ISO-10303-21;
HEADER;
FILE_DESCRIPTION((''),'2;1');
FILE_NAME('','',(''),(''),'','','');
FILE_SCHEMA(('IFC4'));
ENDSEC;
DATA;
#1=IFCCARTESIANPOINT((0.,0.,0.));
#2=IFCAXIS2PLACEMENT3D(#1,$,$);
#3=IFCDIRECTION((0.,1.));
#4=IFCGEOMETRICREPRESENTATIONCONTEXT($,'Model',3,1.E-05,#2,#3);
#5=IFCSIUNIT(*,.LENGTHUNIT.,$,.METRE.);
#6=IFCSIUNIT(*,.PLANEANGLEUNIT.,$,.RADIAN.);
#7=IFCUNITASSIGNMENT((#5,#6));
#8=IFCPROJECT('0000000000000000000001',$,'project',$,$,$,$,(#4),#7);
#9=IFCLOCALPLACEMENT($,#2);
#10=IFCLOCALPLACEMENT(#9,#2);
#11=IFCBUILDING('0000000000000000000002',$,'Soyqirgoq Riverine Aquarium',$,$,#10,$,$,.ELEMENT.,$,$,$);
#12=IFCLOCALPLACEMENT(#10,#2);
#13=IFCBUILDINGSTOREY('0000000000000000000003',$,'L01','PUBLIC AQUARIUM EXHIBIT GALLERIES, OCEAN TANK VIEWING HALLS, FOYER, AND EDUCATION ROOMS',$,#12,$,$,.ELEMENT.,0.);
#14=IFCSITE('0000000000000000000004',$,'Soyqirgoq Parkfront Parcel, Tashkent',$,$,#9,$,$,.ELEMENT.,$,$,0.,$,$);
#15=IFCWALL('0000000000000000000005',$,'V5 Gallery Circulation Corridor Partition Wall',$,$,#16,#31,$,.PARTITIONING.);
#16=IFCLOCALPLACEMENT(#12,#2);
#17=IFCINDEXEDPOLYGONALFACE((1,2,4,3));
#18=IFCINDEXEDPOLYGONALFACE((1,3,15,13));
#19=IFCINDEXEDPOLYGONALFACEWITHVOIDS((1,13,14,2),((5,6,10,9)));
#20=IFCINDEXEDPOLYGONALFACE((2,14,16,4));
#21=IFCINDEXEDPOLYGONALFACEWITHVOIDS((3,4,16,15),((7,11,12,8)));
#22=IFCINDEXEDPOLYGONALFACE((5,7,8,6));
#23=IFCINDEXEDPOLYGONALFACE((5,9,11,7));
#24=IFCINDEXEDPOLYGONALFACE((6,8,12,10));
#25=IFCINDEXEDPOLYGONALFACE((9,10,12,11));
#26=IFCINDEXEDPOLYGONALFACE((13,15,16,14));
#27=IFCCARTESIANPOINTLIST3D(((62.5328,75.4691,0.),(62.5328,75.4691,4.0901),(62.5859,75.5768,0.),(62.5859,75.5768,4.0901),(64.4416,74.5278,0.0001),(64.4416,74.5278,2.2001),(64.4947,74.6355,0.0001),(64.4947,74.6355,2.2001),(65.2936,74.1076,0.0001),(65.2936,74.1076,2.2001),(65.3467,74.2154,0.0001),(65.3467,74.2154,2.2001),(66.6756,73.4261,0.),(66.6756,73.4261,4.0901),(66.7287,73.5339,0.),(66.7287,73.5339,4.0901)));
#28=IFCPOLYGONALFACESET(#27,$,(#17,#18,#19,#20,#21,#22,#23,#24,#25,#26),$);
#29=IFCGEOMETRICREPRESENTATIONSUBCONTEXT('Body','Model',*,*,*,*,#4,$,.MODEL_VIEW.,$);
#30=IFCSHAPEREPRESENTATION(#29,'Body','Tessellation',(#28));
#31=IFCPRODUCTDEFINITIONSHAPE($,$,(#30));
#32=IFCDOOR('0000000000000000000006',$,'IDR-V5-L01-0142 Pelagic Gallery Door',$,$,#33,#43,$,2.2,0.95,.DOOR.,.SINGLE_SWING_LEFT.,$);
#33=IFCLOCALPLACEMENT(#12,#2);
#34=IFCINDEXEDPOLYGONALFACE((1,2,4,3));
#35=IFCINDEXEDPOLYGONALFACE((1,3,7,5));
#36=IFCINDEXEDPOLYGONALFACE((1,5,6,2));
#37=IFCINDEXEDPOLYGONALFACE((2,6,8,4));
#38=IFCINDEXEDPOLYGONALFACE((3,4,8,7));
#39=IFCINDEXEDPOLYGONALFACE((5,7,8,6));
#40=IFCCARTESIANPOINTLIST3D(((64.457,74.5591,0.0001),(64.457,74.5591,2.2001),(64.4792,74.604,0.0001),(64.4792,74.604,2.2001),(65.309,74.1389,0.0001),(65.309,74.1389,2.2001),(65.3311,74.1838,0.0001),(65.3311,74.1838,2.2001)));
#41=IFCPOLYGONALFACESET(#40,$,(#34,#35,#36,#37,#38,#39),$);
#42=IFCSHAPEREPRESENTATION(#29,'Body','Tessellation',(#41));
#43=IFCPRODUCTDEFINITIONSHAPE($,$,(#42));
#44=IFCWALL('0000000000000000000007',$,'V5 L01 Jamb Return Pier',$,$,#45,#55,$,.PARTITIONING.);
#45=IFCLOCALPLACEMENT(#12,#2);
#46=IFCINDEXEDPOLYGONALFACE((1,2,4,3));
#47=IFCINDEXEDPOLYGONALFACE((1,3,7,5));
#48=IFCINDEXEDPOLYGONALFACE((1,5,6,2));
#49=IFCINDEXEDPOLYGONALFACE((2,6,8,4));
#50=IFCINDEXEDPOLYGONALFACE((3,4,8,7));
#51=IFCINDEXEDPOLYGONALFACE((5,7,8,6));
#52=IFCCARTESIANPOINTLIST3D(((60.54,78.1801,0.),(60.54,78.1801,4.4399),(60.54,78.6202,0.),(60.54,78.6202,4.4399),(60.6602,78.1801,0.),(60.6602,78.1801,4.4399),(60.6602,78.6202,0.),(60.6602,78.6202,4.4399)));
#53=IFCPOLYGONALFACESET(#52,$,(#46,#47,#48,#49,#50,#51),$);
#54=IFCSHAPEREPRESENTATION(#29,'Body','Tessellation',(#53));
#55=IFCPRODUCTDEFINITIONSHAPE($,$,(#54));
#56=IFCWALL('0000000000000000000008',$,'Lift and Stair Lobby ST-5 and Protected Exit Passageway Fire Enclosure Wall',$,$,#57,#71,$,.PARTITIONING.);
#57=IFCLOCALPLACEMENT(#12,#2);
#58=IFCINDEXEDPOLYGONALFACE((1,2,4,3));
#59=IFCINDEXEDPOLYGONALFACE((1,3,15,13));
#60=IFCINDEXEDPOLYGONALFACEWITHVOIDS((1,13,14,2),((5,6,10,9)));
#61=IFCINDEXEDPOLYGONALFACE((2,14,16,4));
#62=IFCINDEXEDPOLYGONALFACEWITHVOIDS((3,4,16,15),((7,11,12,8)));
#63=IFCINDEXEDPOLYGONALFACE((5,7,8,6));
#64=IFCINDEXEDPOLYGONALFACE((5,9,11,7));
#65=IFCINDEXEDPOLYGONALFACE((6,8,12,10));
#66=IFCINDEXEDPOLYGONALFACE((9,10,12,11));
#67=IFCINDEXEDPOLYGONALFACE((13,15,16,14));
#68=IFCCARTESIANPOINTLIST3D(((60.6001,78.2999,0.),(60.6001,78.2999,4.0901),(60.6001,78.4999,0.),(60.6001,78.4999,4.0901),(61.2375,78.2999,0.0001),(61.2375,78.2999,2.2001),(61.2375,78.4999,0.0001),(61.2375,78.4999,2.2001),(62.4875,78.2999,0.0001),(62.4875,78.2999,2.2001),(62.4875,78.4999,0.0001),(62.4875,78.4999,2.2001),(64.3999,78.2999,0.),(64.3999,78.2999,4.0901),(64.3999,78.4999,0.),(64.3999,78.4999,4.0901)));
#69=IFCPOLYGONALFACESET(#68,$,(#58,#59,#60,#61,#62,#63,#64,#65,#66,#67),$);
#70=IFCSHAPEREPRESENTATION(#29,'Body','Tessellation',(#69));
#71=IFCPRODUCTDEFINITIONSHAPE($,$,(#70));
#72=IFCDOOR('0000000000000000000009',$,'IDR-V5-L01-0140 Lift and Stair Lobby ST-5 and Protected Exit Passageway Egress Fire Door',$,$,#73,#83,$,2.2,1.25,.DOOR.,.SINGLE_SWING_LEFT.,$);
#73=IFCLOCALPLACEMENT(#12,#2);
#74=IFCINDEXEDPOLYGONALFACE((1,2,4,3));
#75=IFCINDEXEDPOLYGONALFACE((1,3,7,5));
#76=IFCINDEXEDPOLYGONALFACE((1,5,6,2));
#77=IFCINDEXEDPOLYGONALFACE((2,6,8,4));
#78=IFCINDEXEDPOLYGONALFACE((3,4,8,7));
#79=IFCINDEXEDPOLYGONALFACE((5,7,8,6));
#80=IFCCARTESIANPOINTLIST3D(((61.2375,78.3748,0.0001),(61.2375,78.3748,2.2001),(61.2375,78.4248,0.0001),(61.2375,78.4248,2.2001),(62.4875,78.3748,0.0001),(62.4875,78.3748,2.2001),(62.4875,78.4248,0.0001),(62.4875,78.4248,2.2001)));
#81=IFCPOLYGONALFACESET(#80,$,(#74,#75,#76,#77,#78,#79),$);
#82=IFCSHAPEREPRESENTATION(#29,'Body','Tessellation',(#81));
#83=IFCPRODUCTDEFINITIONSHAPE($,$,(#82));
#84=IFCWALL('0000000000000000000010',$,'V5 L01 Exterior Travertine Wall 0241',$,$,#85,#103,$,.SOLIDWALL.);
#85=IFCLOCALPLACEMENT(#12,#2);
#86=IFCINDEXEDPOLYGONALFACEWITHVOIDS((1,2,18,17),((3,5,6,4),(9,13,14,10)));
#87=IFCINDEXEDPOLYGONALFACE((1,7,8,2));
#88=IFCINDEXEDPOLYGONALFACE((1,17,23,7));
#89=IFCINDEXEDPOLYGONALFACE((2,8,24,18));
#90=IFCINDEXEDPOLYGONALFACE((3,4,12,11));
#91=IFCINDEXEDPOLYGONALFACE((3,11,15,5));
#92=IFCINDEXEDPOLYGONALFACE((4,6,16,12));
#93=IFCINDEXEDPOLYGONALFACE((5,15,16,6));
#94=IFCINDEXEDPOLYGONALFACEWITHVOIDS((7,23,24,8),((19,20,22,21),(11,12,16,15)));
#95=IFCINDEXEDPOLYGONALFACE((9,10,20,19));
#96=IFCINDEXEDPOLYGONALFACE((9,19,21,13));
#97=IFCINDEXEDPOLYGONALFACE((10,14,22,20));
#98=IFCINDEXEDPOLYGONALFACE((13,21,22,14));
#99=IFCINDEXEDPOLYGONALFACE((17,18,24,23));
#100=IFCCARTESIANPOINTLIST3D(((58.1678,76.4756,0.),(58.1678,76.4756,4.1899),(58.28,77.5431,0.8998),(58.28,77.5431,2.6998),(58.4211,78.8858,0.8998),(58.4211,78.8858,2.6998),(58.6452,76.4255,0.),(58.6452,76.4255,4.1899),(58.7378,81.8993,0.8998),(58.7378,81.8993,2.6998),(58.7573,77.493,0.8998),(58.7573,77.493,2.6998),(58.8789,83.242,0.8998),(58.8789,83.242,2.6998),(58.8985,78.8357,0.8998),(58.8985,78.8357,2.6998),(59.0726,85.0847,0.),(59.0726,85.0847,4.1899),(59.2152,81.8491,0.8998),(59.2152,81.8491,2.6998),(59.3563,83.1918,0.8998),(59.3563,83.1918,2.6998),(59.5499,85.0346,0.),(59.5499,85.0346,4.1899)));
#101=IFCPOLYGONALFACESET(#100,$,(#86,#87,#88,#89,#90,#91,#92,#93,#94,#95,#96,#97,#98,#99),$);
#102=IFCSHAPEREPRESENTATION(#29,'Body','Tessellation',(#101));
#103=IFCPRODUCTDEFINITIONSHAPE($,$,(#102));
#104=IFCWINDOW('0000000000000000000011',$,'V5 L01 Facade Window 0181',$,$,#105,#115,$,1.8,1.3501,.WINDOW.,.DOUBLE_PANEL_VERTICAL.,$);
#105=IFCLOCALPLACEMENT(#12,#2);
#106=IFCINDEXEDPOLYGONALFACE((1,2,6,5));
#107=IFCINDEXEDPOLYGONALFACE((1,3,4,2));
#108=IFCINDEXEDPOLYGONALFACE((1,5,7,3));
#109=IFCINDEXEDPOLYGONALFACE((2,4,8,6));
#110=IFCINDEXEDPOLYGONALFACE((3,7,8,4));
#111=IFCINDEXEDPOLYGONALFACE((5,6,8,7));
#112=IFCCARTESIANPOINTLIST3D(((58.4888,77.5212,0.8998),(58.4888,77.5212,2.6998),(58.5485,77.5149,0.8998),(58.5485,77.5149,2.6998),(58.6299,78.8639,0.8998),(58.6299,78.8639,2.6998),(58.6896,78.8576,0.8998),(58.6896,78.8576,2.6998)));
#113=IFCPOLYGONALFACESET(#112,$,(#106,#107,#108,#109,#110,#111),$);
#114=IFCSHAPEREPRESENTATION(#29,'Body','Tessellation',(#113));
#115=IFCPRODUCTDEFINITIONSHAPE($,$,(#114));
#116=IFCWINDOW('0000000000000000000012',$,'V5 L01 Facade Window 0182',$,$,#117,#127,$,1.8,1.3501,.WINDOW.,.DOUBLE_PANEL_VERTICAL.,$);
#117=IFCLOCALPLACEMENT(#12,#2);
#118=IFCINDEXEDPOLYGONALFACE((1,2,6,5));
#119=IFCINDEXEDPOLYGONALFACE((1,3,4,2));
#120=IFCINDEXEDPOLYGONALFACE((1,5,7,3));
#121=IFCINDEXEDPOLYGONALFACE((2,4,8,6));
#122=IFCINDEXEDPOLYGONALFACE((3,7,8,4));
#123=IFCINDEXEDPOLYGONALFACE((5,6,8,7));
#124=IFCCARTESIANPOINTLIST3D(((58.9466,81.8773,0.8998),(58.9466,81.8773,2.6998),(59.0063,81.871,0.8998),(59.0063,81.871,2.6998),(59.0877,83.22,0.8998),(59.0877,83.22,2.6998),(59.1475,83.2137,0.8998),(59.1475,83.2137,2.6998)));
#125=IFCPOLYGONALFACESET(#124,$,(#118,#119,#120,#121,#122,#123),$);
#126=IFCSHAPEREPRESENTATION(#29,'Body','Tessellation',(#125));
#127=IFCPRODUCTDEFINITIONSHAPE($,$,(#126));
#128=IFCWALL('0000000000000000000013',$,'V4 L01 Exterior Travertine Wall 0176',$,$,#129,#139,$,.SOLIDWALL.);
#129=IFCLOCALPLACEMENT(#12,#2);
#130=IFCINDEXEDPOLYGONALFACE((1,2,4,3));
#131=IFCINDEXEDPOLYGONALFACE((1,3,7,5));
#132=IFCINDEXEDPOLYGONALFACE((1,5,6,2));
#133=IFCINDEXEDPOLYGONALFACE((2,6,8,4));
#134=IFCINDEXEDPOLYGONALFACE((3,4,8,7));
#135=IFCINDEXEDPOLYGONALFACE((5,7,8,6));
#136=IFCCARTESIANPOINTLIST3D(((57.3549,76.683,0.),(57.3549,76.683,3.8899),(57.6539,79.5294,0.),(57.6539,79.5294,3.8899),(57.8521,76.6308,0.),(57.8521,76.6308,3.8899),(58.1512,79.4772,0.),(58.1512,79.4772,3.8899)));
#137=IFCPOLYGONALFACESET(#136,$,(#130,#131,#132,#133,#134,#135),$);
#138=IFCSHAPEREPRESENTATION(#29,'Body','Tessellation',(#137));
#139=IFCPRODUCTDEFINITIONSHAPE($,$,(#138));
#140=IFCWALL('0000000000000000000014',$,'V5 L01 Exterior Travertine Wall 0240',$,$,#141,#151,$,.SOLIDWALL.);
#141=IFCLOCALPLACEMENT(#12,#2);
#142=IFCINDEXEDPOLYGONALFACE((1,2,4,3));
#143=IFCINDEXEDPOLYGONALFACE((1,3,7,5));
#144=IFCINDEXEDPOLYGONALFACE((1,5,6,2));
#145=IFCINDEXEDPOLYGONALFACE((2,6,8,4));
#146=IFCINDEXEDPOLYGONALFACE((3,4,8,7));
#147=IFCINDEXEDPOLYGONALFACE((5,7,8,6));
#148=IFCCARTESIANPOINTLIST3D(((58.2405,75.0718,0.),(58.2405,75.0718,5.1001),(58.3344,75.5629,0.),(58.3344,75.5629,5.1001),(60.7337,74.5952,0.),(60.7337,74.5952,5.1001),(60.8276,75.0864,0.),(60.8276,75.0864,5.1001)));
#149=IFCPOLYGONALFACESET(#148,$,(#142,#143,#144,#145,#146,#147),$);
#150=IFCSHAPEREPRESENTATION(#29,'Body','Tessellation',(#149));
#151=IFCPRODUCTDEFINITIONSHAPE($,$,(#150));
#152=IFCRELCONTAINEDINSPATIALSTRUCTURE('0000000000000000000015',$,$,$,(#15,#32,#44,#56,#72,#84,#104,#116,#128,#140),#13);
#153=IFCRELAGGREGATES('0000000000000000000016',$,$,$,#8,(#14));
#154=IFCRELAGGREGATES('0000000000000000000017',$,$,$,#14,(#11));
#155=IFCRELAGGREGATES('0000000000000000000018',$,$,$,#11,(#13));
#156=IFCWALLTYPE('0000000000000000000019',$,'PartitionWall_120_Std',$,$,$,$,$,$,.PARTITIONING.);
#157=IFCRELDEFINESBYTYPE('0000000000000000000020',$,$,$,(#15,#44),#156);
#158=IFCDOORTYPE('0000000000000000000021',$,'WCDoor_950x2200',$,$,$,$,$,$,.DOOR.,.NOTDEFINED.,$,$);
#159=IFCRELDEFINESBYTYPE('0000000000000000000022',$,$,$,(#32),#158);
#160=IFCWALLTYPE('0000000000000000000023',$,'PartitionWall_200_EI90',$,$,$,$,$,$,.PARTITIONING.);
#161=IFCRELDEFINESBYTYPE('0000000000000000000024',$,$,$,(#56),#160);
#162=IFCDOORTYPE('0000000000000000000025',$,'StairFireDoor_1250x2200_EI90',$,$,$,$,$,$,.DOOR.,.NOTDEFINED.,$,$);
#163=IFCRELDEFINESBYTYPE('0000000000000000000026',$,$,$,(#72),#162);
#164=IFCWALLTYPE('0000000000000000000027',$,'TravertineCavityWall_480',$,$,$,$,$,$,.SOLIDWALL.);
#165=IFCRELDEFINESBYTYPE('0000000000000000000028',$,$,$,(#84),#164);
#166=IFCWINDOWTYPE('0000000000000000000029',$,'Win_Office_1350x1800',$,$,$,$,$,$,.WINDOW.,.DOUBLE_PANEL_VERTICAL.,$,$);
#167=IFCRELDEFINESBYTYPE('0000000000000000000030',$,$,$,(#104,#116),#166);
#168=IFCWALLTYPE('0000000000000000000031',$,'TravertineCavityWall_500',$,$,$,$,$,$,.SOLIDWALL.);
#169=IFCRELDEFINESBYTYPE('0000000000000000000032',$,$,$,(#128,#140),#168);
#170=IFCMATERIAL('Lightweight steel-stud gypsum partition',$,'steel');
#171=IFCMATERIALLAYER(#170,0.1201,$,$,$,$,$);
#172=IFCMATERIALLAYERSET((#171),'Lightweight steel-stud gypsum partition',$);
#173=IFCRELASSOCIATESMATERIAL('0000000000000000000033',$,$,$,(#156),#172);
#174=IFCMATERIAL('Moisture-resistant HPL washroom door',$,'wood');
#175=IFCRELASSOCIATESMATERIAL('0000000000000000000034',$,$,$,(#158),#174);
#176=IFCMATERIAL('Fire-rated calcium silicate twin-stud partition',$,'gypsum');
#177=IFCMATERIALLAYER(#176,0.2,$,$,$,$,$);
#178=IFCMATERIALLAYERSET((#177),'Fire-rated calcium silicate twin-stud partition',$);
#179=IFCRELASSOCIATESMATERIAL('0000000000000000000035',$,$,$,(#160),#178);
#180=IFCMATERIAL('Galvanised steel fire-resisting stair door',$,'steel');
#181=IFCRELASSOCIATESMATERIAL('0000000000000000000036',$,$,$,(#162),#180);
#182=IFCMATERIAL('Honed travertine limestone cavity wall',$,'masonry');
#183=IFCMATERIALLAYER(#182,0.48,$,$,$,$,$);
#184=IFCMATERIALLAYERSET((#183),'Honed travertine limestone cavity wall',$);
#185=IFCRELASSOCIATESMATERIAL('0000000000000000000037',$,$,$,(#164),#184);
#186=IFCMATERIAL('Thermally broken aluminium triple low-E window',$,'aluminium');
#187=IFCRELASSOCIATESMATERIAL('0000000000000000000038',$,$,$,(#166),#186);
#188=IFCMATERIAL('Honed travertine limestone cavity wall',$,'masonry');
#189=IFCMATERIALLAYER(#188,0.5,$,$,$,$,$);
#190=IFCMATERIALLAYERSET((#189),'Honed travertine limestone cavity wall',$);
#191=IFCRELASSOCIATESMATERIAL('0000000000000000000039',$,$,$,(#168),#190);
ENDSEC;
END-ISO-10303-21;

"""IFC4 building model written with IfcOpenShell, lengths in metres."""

from ifc_helpers import new_model, si_unit, direction, frame, frame_2d, origin, place, context, subcontext, project, spatial, rectangle, extrude, material, layer, layer_set, type_object, element, fill, save


model = new_model("IFC4")

# Units and contexts
model_context = context("Model", 3, precision=1e-05, world=origin(), true_north=direction((0.0, 1.0)))
body_context = subcontext(model_context, "Body", "Model", "MODEL_VIEW")
ifc_project = project(units=[si_unit("LENGTHUNIT", "METRE"), si_unit("PLANEANGLEUNIT", "RADIAN")], contexts=[model_context])

# Site, building, storey
site_placement = place(None, origin())
site = spatial("IfcSite", under=ifc_project, at=site_placement, Name="Soyqirgoq Parkfront Parcel, Tashkent", CompositionType="ELEMENT", RefElevation=0.0)
building_placement = place(site_placement, origin())
building = spatial("IfcBuilding", under=site, at=building_placement, Name="Soyqirgoq Riverine Aquarium", CompositionType="ELEMENT")
storey_placement = place(building_placement, origin())
storey = spatial("IfcBuildingStorey", under=building, at=storey_placement, Name="L01", Description="PUBLIC AQUARIUM EXHIBIT GALLERIES, OCEAN TANK VIEWING HALLS, FOYER, AND EDUCATION ROOMS", CompositionType="ELEMENT", Elevation=0.0)

# Wall, opening, door
ifc_material_1 = material(Name="Lightweight steel-stud gypsum partition", Category="steel")
ifc_layer_1 = layer(ifc_material_1, 0.1201)
ifc_layer_set_1 = layer_set([ifc_layer_1], Name="Lightweight steel-stud gypsum partition")
wall_type_1 = type_object("IfcWallType", Name="PartitionWall_120_Std", PredefinedType="PARTITIONING", material=ifc_layer_set_1)
wall_1_placement = place(storey_placement, frame((62.5593, 75.5229, 0.0), z_axis=(0.0, 0.0, 1.0), x_axis=(0.896877, -0.442281, 0.0)))
wall_1 = element("IfcWall", 1, at=wall_1_placement, inside=storey, type_object=wall_type_1, Name="V5 Gallery Circulation Corridor Partition Wall", PredefinedType="PARTITIONING", context=body_context, shape_type="SweptSolid", body=[
    extrude(rectangle(XDim=4.6191, YDim=0.1201, at=frame_2d((2.3096, 0.0))), origin(), (0.0, 0.0, 1.0), 4.0901),
])
opening_1_placement = place(wall_1_placement, frame((2.1282, 0.0, 0.0)))
opening_1 = element("IfcOpeningElement", 2, at=opening_1_placement, cuts=wall_1, PredefinedType="OPENING", context=body_context, shape_type="SweptSolid", body=[
    extrude(rectangle(XDim=0.95, YDim=2.2, at=frame_2d((0.4751, 1.1001))), frame((0.0, 0.0701, 0.0), z_axis=(0.0, -1.0, 0.0), x_axis=(1.0, 0.0, 0.0)), (0.0, 0.0, 1.0), 0.1401),
])
ifc_material_2 = material(Name="Moisture-resistant HPL washroom door", Category="wood")
door_type_1 = type_object("IfcDoorType", Name="WCDoor_950x2200", OperationType="NOTDEFINED", PredefinedType="DOOR", material=ifc_material_2)
door_1_placement = place(opening_1_placement, origin())
door_1 = element("IfcDoor", 3, at=door_1_placement, inside=storey, type_object=door_type_1, Name="IDR-V5-L01-0142 Pelagic Gallery Door", OperationType="SINGLE_SWING_LEFT", OverallHeight=2.2, OverallWidth=0.95, PredefinedType="DOOR", context=body_context, shape_type="SweptSolid", body=[
    extrude(rectangle(XDim=0.95, YDim=2.2, at=frame_2d((0.4751, 1.1001))), frame((0.0, 0.0249, 0.0), z_axis=(0.0, -1.0, 0.0), x_axis=(1.0, 0.0, 0.0)), (0.0, 0.0, 1.0), 0.05),
])
fill(opening_1, door_1)

# Wall
wall_2_placement = place(storey_placement, frame((60.6001, 78.1799, 0.0), z_axis=(0.0, 0.0, 1.0), x_axis=(0.0, 1.0, 0.0)))
element("IfcWall", 4, at=wall_2_placement, inside=storey, type_object=wall_type_1, Name="V5 L01 Jamb Return Pier", PredefinedType="PARTITIONING", context=body_context, shape_type="SweptSolid", body=[
    extrude(rectangle(XDim=0.4402, YDim=0.1201, at=frame_2d((0.2202, 0.0))), origin(), (0.0, 0.0, 1.0), 4.4399),
])

# Wall, opening, door
ifc_material_3 = material(Name="Fire-rated calcium silicate twin-stud partition", Category="gypsum")
ifc_layer_2 = layer(ifc_material_3, 0.2)
ifc_layer_set_2 = layer_set([ifc_layer_2], Name="Fire-rated calcium silicate twin-stud partition")
wall_type_2 = type_object("IfcWallType", Name="PartitionWall_200_EI90", PredefinedType="PARTITIONING", material=ifc_layer_set_2)
wall_3_placement = place(storey_placement, frame((60.6001, 78.3999, 0.0), z_axis=(0.0, 0.0, 1.0), x_axis=(1.0, 0.0, 0.0)))
wall_3 = element("IfcWall", 5, at=wall_3_placement, inside=storey, type_object=wall_type_2, Name="Lift and Stair Lobby ST-5 and Protected Exit Passageway Fire Enclosure Wall", PredefinedType="PARTITIONING", context=body_context, shape_type="SweptSolid", body=[
    extrude(rectangle(XDim=3.7998, YDim=0.2, at=frame_2d((1.8999, 0.0))), origin(), (0.0, 0.0, 1.0), 4.0901),
])
opening_2_placement = place(wall_3_placement, frame((0.6375, 0.0, 0.0)))
opening_2 = element("IfcOpeningElement", 6, at=opening_2_placement, cuts=wall_3, PredefinedType="OPENING", context=body_context, shape_type="SweptSolid", body=[
    extrude(rectangle(XDim=1.25, YDim=2.2, at=frame_2d((0.625, 1.1001))), frame((0.0, 0.1099, 0.0), z_axis=(0.0, -1.0, 0.0), x_axis=(1.0, 0.0, 0.0)), (0.0, 0.0, 1.0), 0.22),
])
ifc_material_4 = material(Name="Galvanised steel fire-resisting stair door", Category="steel")
door_type_2 = type_object("IfcDoorType", Name="StairFireDoor_1250x2200_EI90", OperationType="NOTDEFINED", PredefinedType="DOOR", material=ifc_material_4)
door_2_placement = place(opening_2_placement, origin())
door_2 = element("IfcDoor", 7, at=door_2_placement, inside=storey, type_object=door_type_2, Name="IDR-V5-L01-0140 Lift and Stair Lobby ST-5 and Protected Exit Passageway Egress Fire Door", OperationType="SINGLE_SWING_LEFT", OverallHeight=2.2, OverallWidth=1.25, PredefinedType="DOOR", context=body_context, shape_type="SweptSolid", body=[
    extrude(rectangle(XDim=1.25, YDim=2.2, at=frame_2d((0.625, 1.1001))), frame((0.0, 0.0249, 0.0), z_axis=(0.0, -1.0, 0.0), x_axis=(1.0, 0.0, 0.0)), (0.0, 0.0, 1.0), 0.05),
])
fill(opening_2, door_2)

# Wall, openings, windows
ifc_material_5 = material(Name="Honed travertine limestone cavity wall", Category="masonry")
ifc_layer_3 = layer(ifc_material_5, 0.48)
ifc_layer_set_3 = layer_set([ifc_layer_3], Name="Honed travertine limestone cavity wall")
wall_type_3 = type_object("IfcWallType", Name="TravertineCavityWall_480", PredefinedType="SOLIDWALL", material=ifc_layer_set_3)
wall_4_placement = place(storey_placement, frame((58.4065, 76.4507, 0.0), z_axis=(0.0, 0.0, 1.0), x_axis=(0.10452, 0.994523, 0.0)))
wall_4 = element("IfcWall", 8, at=wall_4_placement, inside=storey, type_object=wall_type_3, Name="V5 L01 Exterior Travertine Wall 0241", PredefinedType="SOLIDWALL", context=body_context, shape_type="SweptSolid", body=[
    extrude(rectangle(XDim=8.6565, YDim=0.48, at=frame_2d((4.3281, 0.0))), origin(), (0.0, 0.0, 1.0), 4.1899),
])
opening_3_placement = place(wall_4_placement, frame((1.0732, 0.0, 0.8999)))
opening_3 = element("IfcOpeningElement", 9, at=opening_3_placement, cuts=wall_4, PredefinedType="OPENING", context=body_context, shape_type="SweptSolid", body=[
    extrude(rectangle(XDim=1.3501, YDim=1.8, at=frame_2d((0.675, 0.8999))), frame((0.0, 0.25, 0.0), z_axis=(0.0, -1.0, 0.0), x_axis=(1.0, 0.0, 0.0)), (0.0, 0.0, 1.0), 0.5),
])
opening_4_placement = place(wall_4_placement, frame((5.4534, 0.0, 0.8999)))
opening_4 = element("IfcOpeningElement", 10, at=opening_4_placement, cuts=wall_4, PredefinedType="OPENING", context=body_context, shape_type="SweptSolid", body=[
    extrude(rectangle(XDim=1.3501, YDim=1.8, at=frame_2d((0.675, 0.8999))), frame((0.0, 0.25, 0.0), z_axis=(0.0, -1.0, 0.0), x_axis=(1.0, 0.0, 0.0)), (0.0, 0.0, 1.0), 0.5),
])
ifc_material_6 = material(Name="Thermally broken aluminium triple low-E window", Category="aluminium")
window_type = type_object("IfcWindowType", Name="Win_Office_1350x1800", PartitioningType="DOUBLE_PANEL_VERTICAL", PredefinedType="WINDOW", material=ifc_material_6)
window_1_placement = place(opening_3_placement, origin())
window_1 = element("IfcWindow", 11, at=window_1_placement, inside=storey, type_object=window_type, Name="V5 L01 Facade Window 0181", OverallHeight=1.8, OverallWidth=1.3501, PartitioningType="DOUBLE_PANEL_VERTICAL", PredefinedType="WINDOW", context=body_context, shape_type="SweptSolid", body=[
    extrude(rectangle(XDim=1.3501, YDim=1.8, at=frame_2d((0.675, 0.8999))), frame((0.0, 0.03, 0.0), z_axis=(0.0, -1.0, 0.0), x_axis=(1.0, 0.0, 0.0)), (0.0, 0.0, 1.0), 0.0601),
])
fill(opening_3, window_1)
window_2_placement = place(opening_4_placement, origin())
window_2 = element("IfcWindow", 12, at=window_2_placement, inside=storey, type_object=window_type, Name="V5 L01 Facade Window 0182", OverallHeight=1.8, OverallWidth=1.3501, PartitioningType="DOUBLE_PANEL_VERTICAL", PredefinedType="WINDOW", context=body_context, shape_type="SweptSolid", body=[
    extrude(rectangle(XDim=1.3501, YDim=1.8, at=frame_2d((0.675, 0.8999))), frame((0.0, 0.03, 0.0), z_axis=(0.0, -1.0, 0.0), x_axis=(1.0, 0.0, 0.0)), (0.0, 0.0, 1.0), 0.0601),
])
fill(opening_4, window_2)

# Walls
ifc_material_7 = material(Name="Honed travertine limestone cavity wall", Category="masonry")
ifc_layer_4 = layer(ifc_material_7, 0.5)
ifc_layer_set_4 = layer_set([ifc_layer_4], Name="Honed travertine limestone cavity wall")
wall_type_4 = type_object("IfcWallType", Name="TravertineCavityWall_500", PredefinedType="SOLIDWALL", material=ifc_layer_set_4)
wall_5_placement = place(storey_placement, frame((57.9026, 79.5034, 0.0), z_axis=(0.0, 0.0, 1.0), x_axis=(-0.104494, -0.994526, 0.0)))
element("IfcWall", 13, at=wall_5_placement, inside=storey, type_object=wall_type_4, Name="V4 L01 Exterior Travertine Wall 0176", PredefinedType="SOLIDWALL", context=body_context, shape_type="SweptSolid", body=[
    extrude(rectangle(XDim=2.8621, YDim=0.5, at=frame_2d((1.4312, 0.0))), origin(), (0.0, 0.0, 1.0), 3.8899),
])
wall_6_placement = place(storey_placement, frame((60.7805, 74.8408, 0.0), z_axis=(0.0, 0.0, 1.0), x_axis=(-0.982217, 0.187749, 0.0)))
element("IfcWall", 14, at=wall_6_placement, inside=storey, type_object=wall_type_4, Name="V5 L01 Exterior Travertine Wall 0240", PredefinedType="SOLIDWALL", context=body_context, shape_type="SweptSolid", body=[
    extrude(rectangle(XDim=2.5383, YDim=0.5, at=frame_2d((1.269, 0.0))), origin(), (0.0, 0.0, 1.0), 5.1001),
])

save(model, "model.ifc")
